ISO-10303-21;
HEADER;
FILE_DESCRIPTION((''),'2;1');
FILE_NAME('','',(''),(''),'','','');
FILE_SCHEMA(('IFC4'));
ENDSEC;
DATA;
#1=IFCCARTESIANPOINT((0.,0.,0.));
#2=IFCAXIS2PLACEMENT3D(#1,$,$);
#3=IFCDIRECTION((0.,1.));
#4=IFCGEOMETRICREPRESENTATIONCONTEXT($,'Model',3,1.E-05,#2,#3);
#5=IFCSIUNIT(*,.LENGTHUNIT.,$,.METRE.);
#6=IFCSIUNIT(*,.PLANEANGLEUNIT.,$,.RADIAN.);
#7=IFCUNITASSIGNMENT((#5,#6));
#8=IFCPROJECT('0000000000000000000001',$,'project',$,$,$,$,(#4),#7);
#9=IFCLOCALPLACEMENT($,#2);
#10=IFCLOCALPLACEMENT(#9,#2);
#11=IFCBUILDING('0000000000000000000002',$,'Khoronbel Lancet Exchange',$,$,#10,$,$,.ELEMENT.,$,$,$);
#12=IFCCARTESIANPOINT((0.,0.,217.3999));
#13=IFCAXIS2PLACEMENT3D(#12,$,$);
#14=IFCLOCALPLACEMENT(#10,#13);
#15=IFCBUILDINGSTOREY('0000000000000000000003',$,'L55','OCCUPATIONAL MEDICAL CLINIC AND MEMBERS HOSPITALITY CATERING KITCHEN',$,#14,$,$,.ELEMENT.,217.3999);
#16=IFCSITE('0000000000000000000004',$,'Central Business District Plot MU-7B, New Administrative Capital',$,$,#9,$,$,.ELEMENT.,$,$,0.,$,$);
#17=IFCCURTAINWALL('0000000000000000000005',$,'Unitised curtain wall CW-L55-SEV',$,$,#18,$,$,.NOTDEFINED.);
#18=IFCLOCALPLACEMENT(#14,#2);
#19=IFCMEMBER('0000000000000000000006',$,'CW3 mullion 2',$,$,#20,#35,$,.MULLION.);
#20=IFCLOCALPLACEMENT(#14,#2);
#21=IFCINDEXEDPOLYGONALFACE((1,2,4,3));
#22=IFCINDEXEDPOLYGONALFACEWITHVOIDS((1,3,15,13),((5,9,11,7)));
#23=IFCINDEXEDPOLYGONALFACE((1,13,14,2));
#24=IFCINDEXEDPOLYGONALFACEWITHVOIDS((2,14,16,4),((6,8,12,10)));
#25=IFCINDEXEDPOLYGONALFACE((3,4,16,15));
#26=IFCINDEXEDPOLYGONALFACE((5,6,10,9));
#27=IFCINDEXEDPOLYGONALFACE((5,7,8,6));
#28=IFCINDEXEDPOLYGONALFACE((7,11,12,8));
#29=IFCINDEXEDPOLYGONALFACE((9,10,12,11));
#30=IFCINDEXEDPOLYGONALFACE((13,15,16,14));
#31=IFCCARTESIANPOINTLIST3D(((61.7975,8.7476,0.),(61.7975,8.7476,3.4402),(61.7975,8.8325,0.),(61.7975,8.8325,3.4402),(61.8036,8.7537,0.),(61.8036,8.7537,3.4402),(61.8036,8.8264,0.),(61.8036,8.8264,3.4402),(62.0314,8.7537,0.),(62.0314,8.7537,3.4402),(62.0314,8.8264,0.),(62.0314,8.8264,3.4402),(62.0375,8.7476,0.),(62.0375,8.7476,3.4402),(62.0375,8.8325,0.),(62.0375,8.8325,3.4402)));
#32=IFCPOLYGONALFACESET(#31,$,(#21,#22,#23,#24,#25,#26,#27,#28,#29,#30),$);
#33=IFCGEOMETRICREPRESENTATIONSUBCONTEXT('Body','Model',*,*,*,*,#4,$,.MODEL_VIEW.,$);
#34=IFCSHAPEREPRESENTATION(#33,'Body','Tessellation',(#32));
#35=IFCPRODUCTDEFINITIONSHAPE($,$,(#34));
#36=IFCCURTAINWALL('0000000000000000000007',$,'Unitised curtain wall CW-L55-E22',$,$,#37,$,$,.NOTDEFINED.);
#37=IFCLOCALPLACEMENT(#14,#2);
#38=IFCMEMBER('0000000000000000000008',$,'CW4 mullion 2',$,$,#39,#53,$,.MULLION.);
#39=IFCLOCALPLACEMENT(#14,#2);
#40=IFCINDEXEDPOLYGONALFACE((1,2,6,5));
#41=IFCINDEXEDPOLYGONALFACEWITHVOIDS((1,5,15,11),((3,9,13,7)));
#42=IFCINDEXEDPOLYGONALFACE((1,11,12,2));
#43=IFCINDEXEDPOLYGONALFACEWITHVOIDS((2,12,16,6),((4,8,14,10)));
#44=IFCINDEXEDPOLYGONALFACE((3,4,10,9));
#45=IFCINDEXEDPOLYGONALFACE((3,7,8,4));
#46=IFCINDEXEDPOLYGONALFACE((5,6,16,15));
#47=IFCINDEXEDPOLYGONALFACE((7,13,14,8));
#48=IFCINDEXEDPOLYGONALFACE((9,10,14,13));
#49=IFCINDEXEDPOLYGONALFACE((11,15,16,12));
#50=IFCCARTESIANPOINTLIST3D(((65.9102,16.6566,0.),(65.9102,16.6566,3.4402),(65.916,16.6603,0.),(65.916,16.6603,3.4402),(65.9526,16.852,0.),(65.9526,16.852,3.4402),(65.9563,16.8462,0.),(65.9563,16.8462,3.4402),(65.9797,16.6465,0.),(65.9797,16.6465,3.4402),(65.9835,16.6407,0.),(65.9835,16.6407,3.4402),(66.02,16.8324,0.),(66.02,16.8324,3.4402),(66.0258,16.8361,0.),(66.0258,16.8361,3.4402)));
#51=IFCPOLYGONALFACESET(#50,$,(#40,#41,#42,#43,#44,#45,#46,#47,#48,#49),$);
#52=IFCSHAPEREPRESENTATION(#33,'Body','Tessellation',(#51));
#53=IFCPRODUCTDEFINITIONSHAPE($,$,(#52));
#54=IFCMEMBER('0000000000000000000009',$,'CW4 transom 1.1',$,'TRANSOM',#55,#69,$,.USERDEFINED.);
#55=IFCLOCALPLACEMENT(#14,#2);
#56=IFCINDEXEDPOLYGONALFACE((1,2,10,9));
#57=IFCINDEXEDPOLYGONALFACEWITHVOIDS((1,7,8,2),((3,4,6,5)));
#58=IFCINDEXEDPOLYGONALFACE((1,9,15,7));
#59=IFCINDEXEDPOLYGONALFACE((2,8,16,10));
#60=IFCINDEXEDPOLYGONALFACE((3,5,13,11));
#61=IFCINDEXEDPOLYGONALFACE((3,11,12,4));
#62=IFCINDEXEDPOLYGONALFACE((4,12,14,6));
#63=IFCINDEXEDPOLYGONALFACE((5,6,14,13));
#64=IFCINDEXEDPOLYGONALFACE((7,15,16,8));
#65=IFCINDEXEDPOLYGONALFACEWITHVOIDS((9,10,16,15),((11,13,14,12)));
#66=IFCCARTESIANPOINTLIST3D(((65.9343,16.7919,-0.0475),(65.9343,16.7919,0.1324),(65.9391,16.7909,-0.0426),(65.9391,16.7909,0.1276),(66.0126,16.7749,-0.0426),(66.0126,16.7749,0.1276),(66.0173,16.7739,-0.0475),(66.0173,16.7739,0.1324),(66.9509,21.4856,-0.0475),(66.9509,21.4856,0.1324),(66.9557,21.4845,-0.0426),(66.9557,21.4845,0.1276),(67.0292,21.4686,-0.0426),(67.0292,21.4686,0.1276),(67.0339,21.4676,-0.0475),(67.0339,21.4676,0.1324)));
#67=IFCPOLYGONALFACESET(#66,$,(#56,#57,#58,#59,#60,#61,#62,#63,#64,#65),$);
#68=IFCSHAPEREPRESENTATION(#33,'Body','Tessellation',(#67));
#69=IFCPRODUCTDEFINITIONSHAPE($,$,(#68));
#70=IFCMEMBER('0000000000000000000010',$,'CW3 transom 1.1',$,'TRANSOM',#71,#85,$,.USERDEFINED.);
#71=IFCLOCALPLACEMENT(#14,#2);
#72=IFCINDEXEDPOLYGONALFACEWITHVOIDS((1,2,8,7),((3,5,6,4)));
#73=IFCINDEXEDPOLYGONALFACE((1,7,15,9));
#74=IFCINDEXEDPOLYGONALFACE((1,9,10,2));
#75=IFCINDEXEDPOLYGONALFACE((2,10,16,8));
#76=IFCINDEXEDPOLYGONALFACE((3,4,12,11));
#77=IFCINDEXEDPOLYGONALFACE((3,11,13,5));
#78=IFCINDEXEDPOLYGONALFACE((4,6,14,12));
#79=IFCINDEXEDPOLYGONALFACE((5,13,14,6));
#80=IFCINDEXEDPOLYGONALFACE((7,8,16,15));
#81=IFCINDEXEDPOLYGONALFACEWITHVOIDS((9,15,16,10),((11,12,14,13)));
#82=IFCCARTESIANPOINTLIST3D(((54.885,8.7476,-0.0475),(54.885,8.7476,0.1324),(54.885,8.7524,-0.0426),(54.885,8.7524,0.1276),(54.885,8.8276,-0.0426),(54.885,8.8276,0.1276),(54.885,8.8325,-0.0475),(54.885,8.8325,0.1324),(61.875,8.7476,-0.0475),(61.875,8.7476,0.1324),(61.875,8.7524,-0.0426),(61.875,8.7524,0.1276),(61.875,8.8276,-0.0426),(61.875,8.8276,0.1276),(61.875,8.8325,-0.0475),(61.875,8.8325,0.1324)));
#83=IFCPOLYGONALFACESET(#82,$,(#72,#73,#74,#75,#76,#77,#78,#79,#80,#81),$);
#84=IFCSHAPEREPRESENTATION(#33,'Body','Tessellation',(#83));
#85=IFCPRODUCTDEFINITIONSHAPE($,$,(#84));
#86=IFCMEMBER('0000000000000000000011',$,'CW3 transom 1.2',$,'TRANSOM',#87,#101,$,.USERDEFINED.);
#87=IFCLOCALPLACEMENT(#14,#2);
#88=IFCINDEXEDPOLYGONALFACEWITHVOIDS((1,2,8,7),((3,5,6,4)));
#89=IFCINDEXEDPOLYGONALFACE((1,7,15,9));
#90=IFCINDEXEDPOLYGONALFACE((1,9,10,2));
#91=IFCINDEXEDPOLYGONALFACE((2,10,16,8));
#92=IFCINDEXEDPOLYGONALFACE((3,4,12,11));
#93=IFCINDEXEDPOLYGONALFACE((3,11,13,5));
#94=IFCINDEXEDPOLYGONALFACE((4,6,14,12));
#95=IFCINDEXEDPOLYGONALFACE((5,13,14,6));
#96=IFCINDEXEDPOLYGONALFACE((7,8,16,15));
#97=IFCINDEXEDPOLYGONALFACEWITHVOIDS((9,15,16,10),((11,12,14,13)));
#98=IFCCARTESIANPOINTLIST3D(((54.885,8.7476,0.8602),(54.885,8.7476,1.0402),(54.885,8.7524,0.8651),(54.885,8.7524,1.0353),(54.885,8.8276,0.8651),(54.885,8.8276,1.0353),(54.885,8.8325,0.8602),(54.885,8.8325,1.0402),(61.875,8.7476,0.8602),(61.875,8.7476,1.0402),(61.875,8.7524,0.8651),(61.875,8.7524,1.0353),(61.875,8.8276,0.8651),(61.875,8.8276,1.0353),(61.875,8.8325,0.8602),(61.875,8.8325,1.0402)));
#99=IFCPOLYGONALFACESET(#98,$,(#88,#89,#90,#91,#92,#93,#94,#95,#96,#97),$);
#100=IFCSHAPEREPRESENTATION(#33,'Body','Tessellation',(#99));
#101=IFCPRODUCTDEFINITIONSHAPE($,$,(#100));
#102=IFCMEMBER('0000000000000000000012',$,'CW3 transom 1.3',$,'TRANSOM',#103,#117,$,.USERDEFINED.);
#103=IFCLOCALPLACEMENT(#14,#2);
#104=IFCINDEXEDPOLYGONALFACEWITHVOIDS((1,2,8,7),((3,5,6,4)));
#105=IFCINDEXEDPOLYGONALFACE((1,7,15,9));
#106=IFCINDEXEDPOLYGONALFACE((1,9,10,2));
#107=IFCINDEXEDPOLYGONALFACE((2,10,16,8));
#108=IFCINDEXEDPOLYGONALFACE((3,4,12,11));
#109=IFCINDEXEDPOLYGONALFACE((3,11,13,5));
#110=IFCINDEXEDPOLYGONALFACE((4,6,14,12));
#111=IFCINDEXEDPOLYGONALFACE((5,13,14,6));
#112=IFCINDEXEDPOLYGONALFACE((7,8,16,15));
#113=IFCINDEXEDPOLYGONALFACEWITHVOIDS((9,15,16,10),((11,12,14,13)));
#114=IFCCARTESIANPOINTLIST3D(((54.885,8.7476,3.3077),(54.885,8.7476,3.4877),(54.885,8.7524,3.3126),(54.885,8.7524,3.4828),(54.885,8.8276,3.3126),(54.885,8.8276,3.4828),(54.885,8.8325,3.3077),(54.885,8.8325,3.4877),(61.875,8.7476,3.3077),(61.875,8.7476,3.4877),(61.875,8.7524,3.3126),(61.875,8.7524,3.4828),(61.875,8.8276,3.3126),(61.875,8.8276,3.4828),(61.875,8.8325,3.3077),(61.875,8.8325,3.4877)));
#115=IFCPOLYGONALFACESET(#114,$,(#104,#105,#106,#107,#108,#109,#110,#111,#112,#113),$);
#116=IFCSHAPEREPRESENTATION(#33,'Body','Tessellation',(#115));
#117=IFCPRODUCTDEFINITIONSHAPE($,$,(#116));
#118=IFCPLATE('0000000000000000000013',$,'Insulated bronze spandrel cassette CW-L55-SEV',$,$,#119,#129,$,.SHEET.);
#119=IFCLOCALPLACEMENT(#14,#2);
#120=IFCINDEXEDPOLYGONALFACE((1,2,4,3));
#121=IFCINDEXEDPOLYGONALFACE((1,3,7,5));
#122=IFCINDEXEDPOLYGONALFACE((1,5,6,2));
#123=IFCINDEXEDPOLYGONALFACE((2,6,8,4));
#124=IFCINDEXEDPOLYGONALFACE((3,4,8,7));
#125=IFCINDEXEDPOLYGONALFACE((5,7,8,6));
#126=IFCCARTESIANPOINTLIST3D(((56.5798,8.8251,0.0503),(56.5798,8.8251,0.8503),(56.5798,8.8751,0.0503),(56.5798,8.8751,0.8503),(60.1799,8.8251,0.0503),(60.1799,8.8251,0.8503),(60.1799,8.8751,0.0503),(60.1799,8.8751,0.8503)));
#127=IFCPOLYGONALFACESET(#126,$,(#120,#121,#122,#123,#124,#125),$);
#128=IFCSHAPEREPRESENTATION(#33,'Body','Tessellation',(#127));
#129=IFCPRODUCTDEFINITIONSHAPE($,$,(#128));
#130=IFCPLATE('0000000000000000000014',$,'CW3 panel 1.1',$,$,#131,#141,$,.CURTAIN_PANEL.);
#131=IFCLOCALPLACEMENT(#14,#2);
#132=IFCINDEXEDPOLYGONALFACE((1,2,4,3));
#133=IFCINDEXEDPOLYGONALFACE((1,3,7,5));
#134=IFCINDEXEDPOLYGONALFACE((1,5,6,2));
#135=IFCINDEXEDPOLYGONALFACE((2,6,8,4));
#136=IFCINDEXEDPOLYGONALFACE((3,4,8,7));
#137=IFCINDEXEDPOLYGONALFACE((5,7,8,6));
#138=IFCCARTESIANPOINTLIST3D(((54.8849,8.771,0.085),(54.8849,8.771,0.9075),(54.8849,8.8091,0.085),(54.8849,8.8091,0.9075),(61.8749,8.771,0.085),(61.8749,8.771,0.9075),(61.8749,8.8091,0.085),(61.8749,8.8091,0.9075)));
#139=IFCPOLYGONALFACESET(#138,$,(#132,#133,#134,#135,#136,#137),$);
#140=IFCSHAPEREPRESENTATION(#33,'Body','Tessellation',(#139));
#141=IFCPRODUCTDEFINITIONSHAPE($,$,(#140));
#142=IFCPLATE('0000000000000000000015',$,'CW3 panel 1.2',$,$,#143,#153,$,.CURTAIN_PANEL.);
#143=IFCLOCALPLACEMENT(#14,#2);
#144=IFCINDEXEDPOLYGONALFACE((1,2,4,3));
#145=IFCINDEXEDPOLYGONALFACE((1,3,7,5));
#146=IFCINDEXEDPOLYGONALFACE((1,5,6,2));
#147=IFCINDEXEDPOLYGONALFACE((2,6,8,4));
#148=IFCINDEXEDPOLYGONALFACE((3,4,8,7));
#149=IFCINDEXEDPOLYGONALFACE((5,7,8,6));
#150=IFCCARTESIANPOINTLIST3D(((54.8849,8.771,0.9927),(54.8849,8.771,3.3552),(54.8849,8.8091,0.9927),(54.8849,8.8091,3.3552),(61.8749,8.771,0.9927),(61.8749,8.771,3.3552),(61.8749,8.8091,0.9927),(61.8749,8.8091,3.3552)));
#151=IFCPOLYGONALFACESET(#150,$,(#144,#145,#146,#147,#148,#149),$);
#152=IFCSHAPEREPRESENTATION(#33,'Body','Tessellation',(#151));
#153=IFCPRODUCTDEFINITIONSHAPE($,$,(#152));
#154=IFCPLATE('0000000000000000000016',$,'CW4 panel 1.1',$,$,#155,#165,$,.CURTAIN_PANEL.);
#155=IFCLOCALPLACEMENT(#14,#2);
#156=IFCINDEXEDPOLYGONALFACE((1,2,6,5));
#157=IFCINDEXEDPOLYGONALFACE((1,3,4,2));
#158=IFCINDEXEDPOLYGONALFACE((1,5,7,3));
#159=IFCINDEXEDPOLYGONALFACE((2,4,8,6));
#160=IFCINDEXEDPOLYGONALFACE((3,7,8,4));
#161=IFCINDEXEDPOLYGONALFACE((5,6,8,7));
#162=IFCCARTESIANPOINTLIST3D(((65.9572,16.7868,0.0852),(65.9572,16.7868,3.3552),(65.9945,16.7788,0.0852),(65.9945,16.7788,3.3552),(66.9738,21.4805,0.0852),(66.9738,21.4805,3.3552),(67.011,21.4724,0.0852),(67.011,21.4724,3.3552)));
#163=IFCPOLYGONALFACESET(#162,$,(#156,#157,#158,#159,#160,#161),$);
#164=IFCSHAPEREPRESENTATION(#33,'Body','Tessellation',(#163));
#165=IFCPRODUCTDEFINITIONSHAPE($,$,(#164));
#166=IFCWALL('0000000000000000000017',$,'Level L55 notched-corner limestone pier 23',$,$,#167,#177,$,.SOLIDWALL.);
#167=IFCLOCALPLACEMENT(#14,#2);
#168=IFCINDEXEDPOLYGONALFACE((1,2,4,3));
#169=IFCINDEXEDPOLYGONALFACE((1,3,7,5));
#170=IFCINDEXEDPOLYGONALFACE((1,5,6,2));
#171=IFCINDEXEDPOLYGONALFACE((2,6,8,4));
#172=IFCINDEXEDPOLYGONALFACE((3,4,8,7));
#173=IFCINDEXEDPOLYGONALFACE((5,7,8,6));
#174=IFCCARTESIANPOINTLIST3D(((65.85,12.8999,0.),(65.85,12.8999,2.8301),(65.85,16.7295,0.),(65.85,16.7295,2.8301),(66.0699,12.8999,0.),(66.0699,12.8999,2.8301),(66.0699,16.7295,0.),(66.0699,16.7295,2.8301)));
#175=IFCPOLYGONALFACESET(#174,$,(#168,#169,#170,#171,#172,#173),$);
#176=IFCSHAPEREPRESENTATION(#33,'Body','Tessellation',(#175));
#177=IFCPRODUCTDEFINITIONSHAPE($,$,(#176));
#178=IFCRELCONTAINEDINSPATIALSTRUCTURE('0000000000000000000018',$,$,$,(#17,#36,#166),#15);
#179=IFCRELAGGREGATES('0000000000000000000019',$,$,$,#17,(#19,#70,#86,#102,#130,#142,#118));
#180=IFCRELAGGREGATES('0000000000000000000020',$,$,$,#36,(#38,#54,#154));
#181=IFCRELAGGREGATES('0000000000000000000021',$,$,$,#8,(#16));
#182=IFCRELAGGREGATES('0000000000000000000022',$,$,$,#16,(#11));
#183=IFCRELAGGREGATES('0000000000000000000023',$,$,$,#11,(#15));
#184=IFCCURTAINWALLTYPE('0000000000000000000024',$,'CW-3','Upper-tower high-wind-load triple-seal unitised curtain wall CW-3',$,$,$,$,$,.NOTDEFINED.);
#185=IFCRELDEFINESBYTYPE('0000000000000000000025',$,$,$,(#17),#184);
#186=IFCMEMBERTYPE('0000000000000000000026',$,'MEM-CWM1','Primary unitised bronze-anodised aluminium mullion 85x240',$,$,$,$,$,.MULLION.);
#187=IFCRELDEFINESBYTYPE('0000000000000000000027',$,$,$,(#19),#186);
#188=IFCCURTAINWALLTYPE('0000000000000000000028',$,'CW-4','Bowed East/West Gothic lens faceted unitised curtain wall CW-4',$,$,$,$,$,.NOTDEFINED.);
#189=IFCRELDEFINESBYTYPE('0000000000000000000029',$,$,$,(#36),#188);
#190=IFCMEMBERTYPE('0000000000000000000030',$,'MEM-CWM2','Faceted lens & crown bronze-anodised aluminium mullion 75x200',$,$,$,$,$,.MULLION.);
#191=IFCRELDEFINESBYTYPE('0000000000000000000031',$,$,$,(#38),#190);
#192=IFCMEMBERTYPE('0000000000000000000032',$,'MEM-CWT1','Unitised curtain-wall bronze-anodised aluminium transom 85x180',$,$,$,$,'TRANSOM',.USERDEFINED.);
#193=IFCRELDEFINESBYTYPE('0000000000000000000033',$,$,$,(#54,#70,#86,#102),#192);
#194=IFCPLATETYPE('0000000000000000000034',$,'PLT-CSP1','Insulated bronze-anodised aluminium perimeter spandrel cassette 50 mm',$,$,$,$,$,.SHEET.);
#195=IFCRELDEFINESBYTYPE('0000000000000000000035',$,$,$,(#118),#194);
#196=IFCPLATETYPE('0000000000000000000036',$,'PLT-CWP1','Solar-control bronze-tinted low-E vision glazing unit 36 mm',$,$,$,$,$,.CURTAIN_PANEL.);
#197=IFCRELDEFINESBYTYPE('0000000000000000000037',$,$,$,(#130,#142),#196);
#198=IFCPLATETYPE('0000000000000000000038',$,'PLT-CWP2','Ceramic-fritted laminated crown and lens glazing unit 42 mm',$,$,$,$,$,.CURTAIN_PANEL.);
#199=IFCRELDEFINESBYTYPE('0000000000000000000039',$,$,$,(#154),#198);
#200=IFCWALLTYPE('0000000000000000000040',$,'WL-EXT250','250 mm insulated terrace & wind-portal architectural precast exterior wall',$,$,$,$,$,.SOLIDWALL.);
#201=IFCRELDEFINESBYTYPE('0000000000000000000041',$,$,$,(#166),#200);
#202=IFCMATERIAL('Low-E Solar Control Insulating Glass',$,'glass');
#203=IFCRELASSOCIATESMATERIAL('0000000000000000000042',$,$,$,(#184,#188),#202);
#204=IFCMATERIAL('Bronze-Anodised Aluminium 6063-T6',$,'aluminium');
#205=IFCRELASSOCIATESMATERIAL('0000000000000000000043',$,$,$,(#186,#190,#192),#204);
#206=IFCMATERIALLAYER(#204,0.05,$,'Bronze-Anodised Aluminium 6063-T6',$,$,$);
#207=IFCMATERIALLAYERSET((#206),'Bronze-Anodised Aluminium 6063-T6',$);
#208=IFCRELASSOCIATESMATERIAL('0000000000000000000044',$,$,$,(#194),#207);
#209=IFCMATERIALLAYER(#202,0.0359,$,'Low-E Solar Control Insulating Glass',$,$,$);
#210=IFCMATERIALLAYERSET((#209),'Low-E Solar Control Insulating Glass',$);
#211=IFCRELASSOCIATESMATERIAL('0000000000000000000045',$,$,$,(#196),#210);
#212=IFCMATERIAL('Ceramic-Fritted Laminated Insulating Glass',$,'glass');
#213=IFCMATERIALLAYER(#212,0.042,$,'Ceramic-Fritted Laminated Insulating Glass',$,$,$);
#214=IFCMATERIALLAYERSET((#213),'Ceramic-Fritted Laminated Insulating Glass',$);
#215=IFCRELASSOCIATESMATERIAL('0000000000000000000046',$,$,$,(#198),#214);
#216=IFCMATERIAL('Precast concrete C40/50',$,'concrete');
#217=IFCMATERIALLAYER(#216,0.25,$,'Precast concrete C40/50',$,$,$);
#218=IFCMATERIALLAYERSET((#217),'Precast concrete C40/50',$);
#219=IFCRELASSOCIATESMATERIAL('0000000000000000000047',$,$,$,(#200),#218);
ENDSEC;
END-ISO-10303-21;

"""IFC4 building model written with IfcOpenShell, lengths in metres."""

from ifc_helpers import new_model, si_unit, direction, frame, frame_2d, origin, origin_2d, place, context, subcontext, project, spatial, rectangle, hollow_rectangle, extrude, material, layer, layer_set, material_profile, profile_set, type_object, element, aggregate, save


model = new_model("IFC4")

# Units and contexts
model_context = context("Model", 3, precision=1e-05, world=origin(), true_north=direction((0.0, 1.0)))
body_context = subcontext(model_context, "Body", "Model", "MODEL_VIEW")
ifc_project = project(units=[si_unit("LENGTHUNIT", "METRE"), si_unit("PLANEANGLEUNIT", "RADIAN")], contexts=[model_context])

# Site, building, storey
site_placement = place(None, origin())
site = spatial("IfcSite", under=ifc_project, at=site_placement, Name="Central Business District Plot MU-7B, New Administrative Capital", CompositionType="ELEMENT", RefElevation=0.0)
building_placement = place(site_placement, origin())
building = spatial("IfcBuilding", under=site, at=building_placement, Name="Khoronbel Lancet Exchange", CompositionType="ELEMENT")
storey_placement = place(building_placement, frame((0.0, 0.0, 217.3999)))
storey = spatial("IfcBuildingStorey", under=building, at=storey_placement, Name="L55", Description="OCCUPATIONAL MEDICAL CLINIC AND MEMBERS HOSPITALITY CATERING KITCHEN", CompositionType="ELEMENT", Elevation=217.3999)

# Shared definitions
ifc_material_1 = material(Name="Low-E Solar Control Insulating Glass", Category="glass")
curtain_wall_type_1 = type_object("IfcCurtainWallType", Name="CW-3", Description="Upper-tower high-wind-load triple-seal unitised curtain wall CW-3", PredefinedType="NOTDEFINED", material=ifc_material_1)
ifc_material_2 = material(Name="Bronze-Anodised Aluminium 6063-T6", Category="aluminium")
ifc_material_profile_1 = material_profile(ifc_material_2, hollow_rectangle(XDim=0.085, YDim=0.24, WallThickness=0.0061, at=origin_2d()), Name="ALU MULLION 85x240")
ifc_profile_set_1 = profile_set([ifc_material_profile_1], Name="Bronze-Anodised Aluminium 6063-T6")
member_type_1 = type_object("IfcMemberType", Name="MEM-CWM1", Description="Primary unitised bronze-anodised aluminium mullion 85x240", PredefinedType="MULLION", material=ifc_profile_set_1)

# Curtain walls, members
curtain_wall_1_placement = place(storey_placement, origin())
curtain_wall_1 = element("IfcCurtainWall", 1, at=curtain_wall_1_placement, inside=storey, type_object=curtain_wall_type_1, Name="Unitised curtain wall CW-L55-SEV", PredefinedType="NOTDEFINED")
member_1_placement = place(storey_placement, frame((61.9175, 8.79, 0.0), z_axis=(0.0, 0.0, 1.0), x_axis=(0.0, 1.0, 0.0)))
member_1 = element("IfcMember", 2, at=member_1_placement, type_object=member_type_1, Name="CW3 mullion 2", PredefinedType="MULLION", context=body_context, shape_type="SweptSolid", body=[
    extrude(hollow_rectangle(XDim=0.085, YDim=0.24, WallThickness=0.0061, at=origin_2d()), origin(), (0.0, 0.0, 1.0), 3.4402),
])
curtain_wall_type_2 = type_object("IfcCurtainWallType", Name="CW-4", Description="Bowed East/West Gothic lens faceted unitised curtain wall CW-4", PredefinedType="NOTDEFINED", material=ifc_material_1)
curtain_wall_2_placement = place(storey_placement, origin())
curtain_wall_2 = element("IfcCurtainWall", 3, at=curtain_wall_2_placement, inside=storey, type_object=curtain_wall_type_2, Name="Unitised curtain wall CW-L55-E22", PredefinedType="NOTDEFINED")
ifc_material_profile_2 = material_profile(ifc_material_2, hollow_rectangle(XDim=0.075, YDim=0.2, WallThickness=0.0049, at=origin_2d()), Name="ALU MULLION 75x200")
ifc_profile_set_2 = profile_set([ifc_material_profile_2], Name="Bronze-Anodised Aluminium 6063-T6")
member_type_2 = type_object("IfcMemberType", Name="MEM-CWM2", Description="Faceted lens & crown bronze-anodised aluminium mullion 75x200", PredefinedType="MULLION", material=ifc_profile_set_2)
member_2_placement = place(storey_placement, frame((65.968, 16.7463, 0.0), z_axis=(0.0, 0.0, 1.0), x_axis=(0.977341, -0.21167, 0.0)))
member_2 = element("IfcMember", 4, at=member_2_placement, type_object=member_type_2, Name="CW4 mullion 2", PredefinedType="MULLION", context=body_context, shape_type="SweptSolid", body=[
    extrude(hollow_rectangle(XDim=0.075, YDim=0.2, WallThickness=0.0049, at=origin_2d()), origin(), (0.0, 0.0, 1.0), 3.4402),
])
ifc_material_profile_3 = material_profile(ifc_material_2, hollow_rectangle(XDim=0.085, YDim=0.1799, WallThickness=0.0049, at=origin_2d()), Name="ALU TRANSOM 85x180")
ifc_profile_set_3 = profile_set([ifc_material_profile_3], Name="Bronze-Anodised Aluminium 6063-T6")
member_type_3 = type_object("IfcMemberType", Name="MEM-CWT1", Description="Unitised curtain-wall bronze-anodised aluminium transom 85x180", ElementType="TRANSOM", PredefinedType="USERDEFINED", material=ifc_profile_set_3)
member_3_placement = place(storey_placement, frame((66.9924, 21.4766, 0.0425), z_axis=(-0.211685, -0.977338, 0.0), x_axis=(0.977338, -0.211685, 0.0)))
member_3 = element("IfcMember", 5, at=member_3_placement, type_object=member_type_3, Name="CW4 transom 1.1", ObjectType="TRANSOM", PredefinedType="USERDEFINED", context=body_context, shape_type="SweptSolid", body=[
    extrude(hollow_rectangle(XDim=0.085, YDim=0.1799, WallThickness=0.0049, at=origin_2d()), origin(), (0.0, 0.0, 1.0), 4.8025),
])

# Members
member_4_placement = place(storey_placement, frame((54.885, 8.79, 0.0425), z_axis=(1.0, 0.0, 0.0), x_axis=(0.0, 1.0, 0.0)))
member_4 = element("IfcMember", 6, at=member_4_placement, type_object=member_type_3, Name="CW3 transom 1.1", ObjectType="TRANSOM", PredefinedType="USERDEFINED", context=body_context, shape_type="SweptSolid", body=[
    extrude(hollow_rectangle(XDim=0.085, YDim=0.1799, WallThickness=0.0049, at=origin_2d()), origin(), (0.0, 0.0, 1.0), 6.99),
])
member_5_placement = place(storey_placement, frame((54.885, 8.79, 0.9502), z_axis=(1.0, 0.0, 0.0), x_axis=(0.0, 1.0, 0.0)))
member_5 = element("IfcMember", 7, at=member_5_placement, type_object=member_type_3, Name="CW3 transom 1.2", ObjectType="TRANSOM", PredefinedType="USERDEFINED", context=body_context, shape_type="SweptSolid", body=[
    extrude(hollow_rectangle(XDim=0.085, YDim=0.1799, WallThickness=0.0049, at=origin_2d()), origin(), (0.0, 0.0, 1.0), 6.99),
])
member_6_placement = place(storey_placement, frame((54.885, 8.79, 3.3977), z_axis=(1.0, 0.0, 0.0), x_axis=(0.0, 1.0, 0.0)))
member_6 = element("IfcMember", 8, at=member_6_placement, type_object=member_type_3, Name="CW3 transom 1.3", ObjectType="TRANSOM", PredefinedType="USERDEFINED", context=body_context, shape_type="SweptSolid", body=[
    extrude(hollow_rectangle(XDim=0.085, YDim=0.1799, WallThickness=0.0049, at=origin_2d()), origin(), (0.0, 0.0, 1.0), 6.99),
])

# Plates
ifc_layer_1 = layer(ifc_material_2, 0.05, Name="Bronze-Anodised Aluminium 6063-T6")
ifc_layer_set_1 = layer_set([ifc_layer_1], Name="Bronze-Anodised Aluminium 6063-T6")
plate_type_1 = type_object("IfcPlateType", Name="PLT-CSP1", Description="Insulated bronze-anodised aluminium perimeter spandrel cassette 50 mm", PredefinedType="SHEET", material=ifc_layer_set_1)
plate_1_placement = place(storey_placement, frame((58.3799, 8.8501, 0.0503), z_axis=(0.0, 0.0, 1.0), x_axis=(1.0, 0.0, 0.0)))
plate_1 = element("IfcPlate", 9, at=plate_1_placement, type_object=plate_type_1, Name="Insulated bronze spandrel cassette CW-L55-SEV", PredefinedType="SHEET", context=body_context, shape_type="SweptSolid", body=[
    extrude(rectangle(XDim=3.6001, YDim=0.05, at=origin_2d()), origin(), (0.0, 0.0, 1.0), 0.8),
])
ifc_layer_2 = layer(ifc_material_1, 0.0359, Name="Low-E Solar Control Insulating Glass")
ifc_layer_set_2 = layer_set([ifc_layer_2], Name="Low-E Solar Control Insulating Glass")
plate_type_2 = type_object("IfcPlateType", Name="PLT-CWP1", Description="Solar-control bronze-tinted low-E vision glazing unit 36 mm", PredefinedType="CURTAIN_PANEL", material=ifc_layer_set_2)
plate_2_placement = place(storey_placement, frame((58.3799, 8.79, 0.085), z_axis=(0.0, 0.0, 1.0), x_axis=(1.0, 0.0, 0.0)))
plate_2 = element("IfcPlate", 10, at=plate_2_placement, type_object=plate_type_2, Name="CW3 panel 1.1", PredefinedType="CURTAIN_PANEL", context=body_context, shape_type="SweptSolid", body=[
    extrude(rectangle(XDim=6.99, YDim=0.0381, at=origin_2d()), origin(), (0.0, 0.0, 1.0), 0.8225),
])
plate_3_placement = place(storey_placement, frame((58.3799, 8.79, 0.9927), z_axis=(0.0, 0.0, 1.0), x_axis=(1.0, 0.0, 0.0)))
plate_3 = element("IfcPlate", 11, at=plate_3_placement, type_object=plate_type_2, Name="CW3 panel 1.2", PredefinedType="CURTAIN_PANEL", context=body_context, shape_type="SweptSolid", body=[
    extrude(rectangle(XDim=6.99, YDim=0.0381, at=origin_2d()), origin(), (0.0, 0.0, 1.0), 2.3625),
])
aggregate(curtain_wall_1, [member_1, member_4, member_5, member_6, plate_2, plate_3, plate_1])
ifc_material_3 = material(Name="Ceramic-Fritted Laminated Insulating Glass", Category="glass")
ifc_layer_3 = layer(ifc_material_3, 0.042, Name="Ceramic-Fritted Laminated Insulating Glass")
ifc_layer_set_3 = layer_set([ifc_layer_3], Name="Ceramic-Fritted Laminated Insulating Glass")
plate_type_3 = type_object("IfcPlateType", Name="PLT-CWP2", Description="Ceramic-fritted laminated crown and lens glazing unit 42 mm", PredefinedType="CURTAIN_PANEL", material=ifc_layer_set_3)
plate_4_placement = place(storey_placement, frame((66.4841, 19.1296, 0.0852), z_axis=(0.0, 0.0, 1.0), x_axis=(-0.21167, -0.977341, 0.0)))
plate_4 = element("IfcPlate", 12, at=plate_4_placement, type_object=plate_type_3, Name="CW4 panel 1.1", PredefinedType="CURTAIN_PANEL", context=body_context, shape_type="SweptSolid", body=[
    extrude(rectangle(XDim=4.8025, YDim=0.0381, at=origin_2d()), origin(), (0.0, 0.0, 1.0), 3.27),
])
aggregate(curtain_wall_2, [member_2, member_3, plate_4])

# Wall
ifc_material_4 = material(Name="Precast concrete C40/50", Category="concrete")
ifc_layer_4 = layer(ifc_material_4, 0.25, Name="Precast concrete C40/50")
ifc_layer_set_4 = layer_set([ifc_layer_4], Name="Precast concrete C40/50")
wall_type_1 = type_object("IfcWallType", Name="WL-EXT250", Description="250 mm insulated terrace & wind-portal architectural precast exterior wall", PredefinedType="SOLIDWALL", material=ifc_layer_set_4)
wall_1_placement = place(storey_placement, frame((65.96, 16.7295, 0.0), z_axis=(0.0, 0.0, 1.0), x_axis=(0.0, -1.0, 0.0)))
element("IfcWall", 13, at=wall_1_placement, inside=storey, type_object=wall_type_1, Name="Level L55 notched-corner limestone pier 23", PredefinedType="SOLIDWALL", context=body_context, shape_type="SweptSolid", body=[
    extrude(rectangle(XDim=3.8296, YDim=0.22, at=frame_2d((1.9148, 0.0))), origin(), (0.0, 0.0, 1.0), 2.8301),
])

save(model, "model.ifc")
